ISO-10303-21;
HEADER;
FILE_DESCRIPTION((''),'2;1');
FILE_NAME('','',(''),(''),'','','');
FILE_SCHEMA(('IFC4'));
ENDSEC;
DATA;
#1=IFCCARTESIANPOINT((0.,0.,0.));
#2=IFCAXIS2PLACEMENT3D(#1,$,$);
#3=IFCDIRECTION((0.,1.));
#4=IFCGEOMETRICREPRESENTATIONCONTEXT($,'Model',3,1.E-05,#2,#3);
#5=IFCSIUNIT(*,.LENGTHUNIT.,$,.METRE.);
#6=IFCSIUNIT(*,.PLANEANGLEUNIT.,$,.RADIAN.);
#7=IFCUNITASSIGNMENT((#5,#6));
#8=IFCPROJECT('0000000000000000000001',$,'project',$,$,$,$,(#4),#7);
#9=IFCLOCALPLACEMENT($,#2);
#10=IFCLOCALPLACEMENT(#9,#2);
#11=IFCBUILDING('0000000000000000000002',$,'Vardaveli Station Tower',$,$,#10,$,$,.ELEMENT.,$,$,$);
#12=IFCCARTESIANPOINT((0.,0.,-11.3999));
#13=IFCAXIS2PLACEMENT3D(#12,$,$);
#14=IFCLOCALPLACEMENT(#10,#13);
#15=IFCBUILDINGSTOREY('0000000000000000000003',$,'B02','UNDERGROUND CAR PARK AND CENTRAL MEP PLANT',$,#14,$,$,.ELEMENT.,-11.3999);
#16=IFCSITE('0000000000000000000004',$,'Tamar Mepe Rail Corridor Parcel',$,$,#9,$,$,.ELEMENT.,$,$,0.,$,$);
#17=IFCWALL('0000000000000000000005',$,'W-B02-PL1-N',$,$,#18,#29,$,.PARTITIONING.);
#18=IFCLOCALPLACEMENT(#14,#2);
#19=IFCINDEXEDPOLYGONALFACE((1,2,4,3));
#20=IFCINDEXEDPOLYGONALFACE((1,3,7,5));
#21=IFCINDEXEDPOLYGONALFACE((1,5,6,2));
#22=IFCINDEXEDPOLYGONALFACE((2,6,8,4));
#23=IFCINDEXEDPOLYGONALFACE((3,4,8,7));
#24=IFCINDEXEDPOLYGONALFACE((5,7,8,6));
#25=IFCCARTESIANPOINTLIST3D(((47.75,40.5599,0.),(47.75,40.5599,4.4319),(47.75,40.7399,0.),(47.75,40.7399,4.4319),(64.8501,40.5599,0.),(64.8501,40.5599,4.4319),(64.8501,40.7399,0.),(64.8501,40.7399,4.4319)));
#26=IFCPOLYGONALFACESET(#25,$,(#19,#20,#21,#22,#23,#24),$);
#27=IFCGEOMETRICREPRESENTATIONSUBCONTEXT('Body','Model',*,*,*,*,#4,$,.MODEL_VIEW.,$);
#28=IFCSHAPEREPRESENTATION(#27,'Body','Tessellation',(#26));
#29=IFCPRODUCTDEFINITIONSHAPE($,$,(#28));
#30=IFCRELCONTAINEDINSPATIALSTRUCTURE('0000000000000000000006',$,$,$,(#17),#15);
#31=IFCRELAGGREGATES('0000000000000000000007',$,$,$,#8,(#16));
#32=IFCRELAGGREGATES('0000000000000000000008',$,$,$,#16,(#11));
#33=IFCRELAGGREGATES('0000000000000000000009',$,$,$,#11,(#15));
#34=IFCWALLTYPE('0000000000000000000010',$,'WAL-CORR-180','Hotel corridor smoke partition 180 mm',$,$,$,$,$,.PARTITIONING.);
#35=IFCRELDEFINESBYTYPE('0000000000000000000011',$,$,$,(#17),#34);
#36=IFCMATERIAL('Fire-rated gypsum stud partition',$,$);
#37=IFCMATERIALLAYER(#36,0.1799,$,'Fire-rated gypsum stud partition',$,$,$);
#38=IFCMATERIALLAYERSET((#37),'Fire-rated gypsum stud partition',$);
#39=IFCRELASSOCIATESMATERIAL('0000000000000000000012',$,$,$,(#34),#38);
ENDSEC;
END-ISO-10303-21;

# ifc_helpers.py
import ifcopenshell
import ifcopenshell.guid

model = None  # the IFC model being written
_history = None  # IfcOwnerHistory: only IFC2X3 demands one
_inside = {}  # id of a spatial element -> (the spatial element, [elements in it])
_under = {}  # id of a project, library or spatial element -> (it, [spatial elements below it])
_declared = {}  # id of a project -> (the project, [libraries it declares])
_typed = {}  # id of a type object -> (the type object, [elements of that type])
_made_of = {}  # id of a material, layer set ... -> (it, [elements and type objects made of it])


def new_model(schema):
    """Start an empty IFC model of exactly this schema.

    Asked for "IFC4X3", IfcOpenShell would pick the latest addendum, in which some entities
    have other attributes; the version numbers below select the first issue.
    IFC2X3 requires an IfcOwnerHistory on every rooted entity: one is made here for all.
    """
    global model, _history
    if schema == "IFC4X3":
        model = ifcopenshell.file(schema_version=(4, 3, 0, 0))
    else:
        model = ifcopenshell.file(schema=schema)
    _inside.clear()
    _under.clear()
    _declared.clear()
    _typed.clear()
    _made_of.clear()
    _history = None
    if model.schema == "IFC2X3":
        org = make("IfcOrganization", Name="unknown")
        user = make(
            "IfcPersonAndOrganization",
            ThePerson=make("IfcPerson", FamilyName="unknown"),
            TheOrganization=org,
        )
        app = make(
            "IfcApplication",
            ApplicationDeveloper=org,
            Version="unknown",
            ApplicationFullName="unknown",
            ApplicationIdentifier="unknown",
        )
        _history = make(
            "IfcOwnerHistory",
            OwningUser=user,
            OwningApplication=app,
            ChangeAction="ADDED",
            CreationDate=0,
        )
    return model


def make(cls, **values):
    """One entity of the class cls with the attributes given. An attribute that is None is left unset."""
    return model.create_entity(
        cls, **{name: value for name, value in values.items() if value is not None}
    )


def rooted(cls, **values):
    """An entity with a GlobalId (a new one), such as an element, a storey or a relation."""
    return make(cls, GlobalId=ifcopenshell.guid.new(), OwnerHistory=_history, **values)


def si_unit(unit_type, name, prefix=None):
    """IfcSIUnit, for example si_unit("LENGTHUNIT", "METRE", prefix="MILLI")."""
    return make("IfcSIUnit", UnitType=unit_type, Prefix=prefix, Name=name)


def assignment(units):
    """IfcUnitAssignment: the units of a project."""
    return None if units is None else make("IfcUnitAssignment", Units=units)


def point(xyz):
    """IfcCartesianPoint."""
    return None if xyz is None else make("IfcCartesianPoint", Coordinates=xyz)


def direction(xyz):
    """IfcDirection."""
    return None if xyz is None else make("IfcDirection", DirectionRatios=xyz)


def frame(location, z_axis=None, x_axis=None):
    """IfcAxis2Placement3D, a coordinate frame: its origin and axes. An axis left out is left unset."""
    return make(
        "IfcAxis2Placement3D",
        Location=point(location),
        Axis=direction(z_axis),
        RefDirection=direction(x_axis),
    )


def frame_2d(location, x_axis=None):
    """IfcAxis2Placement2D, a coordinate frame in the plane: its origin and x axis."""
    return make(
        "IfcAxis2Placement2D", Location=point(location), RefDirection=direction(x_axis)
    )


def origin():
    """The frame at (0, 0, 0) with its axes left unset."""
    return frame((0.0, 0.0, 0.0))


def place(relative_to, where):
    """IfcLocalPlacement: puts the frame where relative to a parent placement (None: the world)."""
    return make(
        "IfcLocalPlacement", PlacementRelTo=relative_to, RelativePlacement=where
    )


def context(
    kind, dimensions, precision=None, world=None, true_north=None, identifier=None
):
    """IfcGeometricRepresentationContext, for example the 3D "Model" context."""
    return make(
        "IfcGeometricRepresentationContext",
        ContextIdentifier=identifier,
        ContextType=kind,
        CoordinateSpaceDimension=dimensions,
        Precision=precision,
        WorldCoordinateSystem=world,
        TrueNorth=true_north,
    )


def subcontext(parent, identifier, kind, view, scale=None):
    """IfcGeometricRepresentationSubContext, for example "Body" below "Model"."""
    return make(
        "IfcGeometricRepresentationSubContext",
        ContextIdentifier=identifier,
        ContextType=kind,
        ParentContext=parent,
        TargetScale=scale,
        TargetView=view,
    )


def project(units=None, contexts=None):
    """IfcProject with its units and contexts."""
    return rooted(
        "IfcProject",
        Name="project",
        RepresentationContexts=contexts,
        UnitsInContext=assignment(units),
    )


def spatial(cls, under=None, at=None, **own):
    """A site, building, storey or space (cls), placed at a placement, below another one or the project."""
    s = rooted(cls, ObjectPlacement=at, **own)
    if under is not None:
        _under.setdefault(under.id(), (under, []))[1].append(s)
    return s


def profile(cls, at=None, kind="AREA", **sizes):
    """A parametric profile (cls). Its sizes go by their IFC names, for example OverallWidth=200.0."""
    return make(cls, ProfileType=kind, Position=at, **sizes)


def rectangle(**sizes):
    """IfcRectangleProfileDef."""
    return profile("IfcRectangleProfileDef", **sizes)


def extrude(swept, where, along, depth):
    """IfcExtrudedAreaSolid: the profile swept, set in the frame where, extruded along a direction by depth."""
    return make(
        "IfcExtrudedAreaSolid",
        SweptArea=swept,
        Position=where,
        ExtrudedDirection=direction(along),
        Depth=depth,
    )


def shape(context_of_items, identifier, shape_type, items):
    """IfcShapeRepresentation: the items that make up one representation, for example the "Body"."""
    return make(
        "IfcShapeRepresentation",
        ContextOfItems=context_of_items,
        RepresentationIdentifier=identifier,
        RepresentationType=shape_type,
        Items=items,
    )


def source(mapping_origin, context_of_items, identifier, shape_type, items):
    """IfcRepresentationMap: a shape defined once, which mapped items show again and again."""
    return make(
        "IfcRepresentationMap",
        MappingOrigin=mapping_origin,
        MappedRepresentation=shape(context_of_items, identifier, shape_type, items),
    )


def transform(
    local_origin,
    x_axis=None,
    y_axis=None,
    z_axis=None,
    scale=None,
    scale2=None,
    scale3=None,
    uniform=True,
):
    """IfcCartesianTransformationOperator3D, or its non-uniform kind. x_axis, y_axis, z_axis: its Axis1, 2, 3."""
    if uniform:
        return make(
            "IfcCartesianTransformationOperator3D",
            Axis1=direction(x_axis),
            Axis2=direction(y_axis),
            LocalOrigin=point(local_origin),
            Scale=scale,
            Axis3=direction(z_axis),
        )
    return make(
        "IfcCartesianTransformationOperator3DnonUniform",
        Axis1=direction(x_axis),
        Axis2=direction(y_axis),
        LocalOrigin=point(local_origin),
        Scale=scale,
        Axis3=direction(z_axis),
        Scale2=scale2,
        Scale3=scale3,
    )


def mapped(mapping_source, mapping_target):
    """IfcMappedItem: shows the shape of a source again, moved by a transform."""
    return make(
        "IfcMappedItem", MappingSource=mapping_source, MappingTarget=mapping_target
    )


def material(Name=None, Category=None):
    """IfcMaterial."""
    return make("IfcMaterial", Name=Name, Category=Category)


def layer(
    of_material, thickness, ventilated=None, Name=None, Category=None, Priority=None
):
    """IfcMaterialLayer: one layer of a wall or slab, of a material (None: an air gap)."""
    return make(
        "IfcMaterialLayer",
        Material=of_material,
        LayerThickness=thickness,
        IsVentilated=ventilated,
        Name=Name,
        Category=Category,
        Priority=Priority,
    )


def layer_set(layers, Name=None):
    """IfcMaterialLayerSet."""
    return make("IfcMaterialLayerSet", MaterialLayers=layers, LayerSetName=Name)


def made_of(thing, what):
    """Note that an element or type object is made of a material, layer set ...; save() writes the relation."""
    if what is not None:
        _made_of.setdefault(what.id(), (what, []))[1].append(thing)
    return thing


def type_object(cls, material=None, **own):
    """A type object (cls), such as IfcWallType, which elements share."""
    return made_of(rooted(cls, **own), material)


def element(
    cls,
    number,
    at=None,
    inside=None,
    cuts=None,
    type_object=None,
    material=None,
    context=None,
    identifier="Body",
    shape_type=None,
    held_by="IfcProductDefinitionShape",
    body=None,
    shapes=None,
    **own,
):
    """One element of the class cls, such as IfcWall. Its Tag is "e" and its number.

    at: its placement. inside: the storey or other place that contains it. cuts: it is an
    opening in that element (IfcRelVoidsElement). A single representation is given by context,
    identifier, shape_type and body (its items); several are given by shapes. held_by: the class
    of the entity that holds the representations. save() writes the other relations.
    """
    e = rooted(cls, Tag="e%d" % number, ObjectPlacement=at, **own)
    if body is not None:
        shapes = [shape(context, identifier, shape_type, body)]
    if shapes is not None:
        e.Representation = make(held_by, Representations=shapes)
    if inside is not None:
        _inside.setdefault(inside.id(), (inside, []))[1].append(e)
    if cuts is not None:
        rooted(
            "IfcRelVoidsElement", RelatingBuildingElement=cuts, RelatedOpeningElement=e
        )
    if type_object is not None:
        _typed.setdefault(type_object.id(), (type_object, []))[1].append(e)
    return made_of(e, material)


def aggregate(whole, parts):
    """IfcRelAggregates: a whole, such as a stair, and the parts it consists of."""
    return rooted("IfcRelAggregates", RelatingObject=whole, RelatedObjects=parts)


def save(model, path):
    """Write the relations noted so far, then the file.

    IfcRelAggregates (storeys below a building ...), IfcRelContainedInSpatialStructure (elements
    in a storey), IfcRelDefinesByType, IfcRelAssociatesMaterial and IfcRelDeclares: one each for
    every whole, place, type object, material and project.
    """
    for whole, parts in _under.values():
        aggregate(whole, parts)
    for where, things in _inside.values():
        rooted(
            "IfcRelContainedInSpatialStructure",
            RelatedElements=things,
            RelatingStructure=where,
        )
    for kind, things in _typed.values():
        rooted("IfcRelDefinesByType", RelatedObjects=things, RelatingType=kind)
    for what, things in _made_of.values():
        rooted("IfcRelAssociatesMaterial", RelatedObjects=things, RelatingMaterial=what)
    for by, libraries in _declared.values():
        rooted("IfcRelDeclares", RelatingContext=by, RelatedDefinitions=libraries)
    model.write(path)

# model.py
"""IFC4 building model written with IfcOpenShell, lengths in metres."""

from ifc_helpers import new_model, si_unit, direction, frame, frame_2d, origin, place, context, subcontext, project, spatial, rectangle, extrude, source, transform, mapped, material, layer, layer_set, type_object, element, save


model = new_model("IFC4")

# Units and contexts
model_context = context("Model", 3, precision=1e-05, world=origin(), true_north=direction((0.0, 1.0)))
body_context = subcontext(model_context, "Body", "Model", "MODEL_VIEW")
ifc_project = project(units=[si_unit("LENGTHUNIT", "METRE"), si_unit("PLANEANGLEUNIT", "RADIAN")], contexts=[model_context])

# Site, building, storey
site_placement = place(None, origin())
site = spatial("IfcSite", under=ifc_project, at=site_placement, Name="Tamar Mepe Rail Corridor Parcel", CompositionType="ELEMENT", RefElevation=0.0)
building_placement = place(site_placement, origin())
building = spatial("IfcBuilding", under=site, at=building_placement, Name="Vardaveli Station Tower", CompositionType="ELEMENT")
storey_placement = place(building_placement, frame((0.0, 0.0, -11.3999)))
storey = spatial("IfcBuildingStorey", under=building, at=storey_placement, Name="B02", Description="UNDERGROUND CAR PARK AND CENTRAL MEP PLANT", CompositionType="ELEMENT", Elevation=-11.3999)

# Wall
ifc_material_1 = material(Name="Fire-rated gypsum stud partition")
ifc_layer_1 = layer(ifc_material_1, 0.1799, Name="Fire-rated gypsum stud partition")
ifc_layer_set_1 = layer_set([ifc_layer_1], Name="Fire-rated gypsum stud partition")
wall_type = type_object("IfcWallType", Name="WAL-CORR-180", Description="Hotel corridor smoke partition 180 mm", PredefinedType="PARTITIONING", material=ifc_layer_set_1)
shared_shape_1 = source(origin(), body_context, "Body", "SweptSolid", [
    extrude(rectangle(XDim=17.1001, YDim=0.1799, at=frame_2d((8.55, 0.0))), origin(), (0.0, 0.0, 1.0), 4.4319),
])
wall_placement = place(storey_placement, frame((47.75, 40.6499, 0.0), z_axis=(0.0, 0.0, 1.0), x_axis=(1.0, 0.0, 0.0)))
element("IfcWall", 1, at=wall_placement, inside=storey, type_object=wall_type, Name="W-B02-PL1-N", PredefinedType="PARTITIONING", context=body_context, shape_type="MappedRepresentation", body=[
    mapped(shared_shape_1, transform((0.0, 0.0, 0.0), scale=1.0)),
])

save(model, "model.ifc")
